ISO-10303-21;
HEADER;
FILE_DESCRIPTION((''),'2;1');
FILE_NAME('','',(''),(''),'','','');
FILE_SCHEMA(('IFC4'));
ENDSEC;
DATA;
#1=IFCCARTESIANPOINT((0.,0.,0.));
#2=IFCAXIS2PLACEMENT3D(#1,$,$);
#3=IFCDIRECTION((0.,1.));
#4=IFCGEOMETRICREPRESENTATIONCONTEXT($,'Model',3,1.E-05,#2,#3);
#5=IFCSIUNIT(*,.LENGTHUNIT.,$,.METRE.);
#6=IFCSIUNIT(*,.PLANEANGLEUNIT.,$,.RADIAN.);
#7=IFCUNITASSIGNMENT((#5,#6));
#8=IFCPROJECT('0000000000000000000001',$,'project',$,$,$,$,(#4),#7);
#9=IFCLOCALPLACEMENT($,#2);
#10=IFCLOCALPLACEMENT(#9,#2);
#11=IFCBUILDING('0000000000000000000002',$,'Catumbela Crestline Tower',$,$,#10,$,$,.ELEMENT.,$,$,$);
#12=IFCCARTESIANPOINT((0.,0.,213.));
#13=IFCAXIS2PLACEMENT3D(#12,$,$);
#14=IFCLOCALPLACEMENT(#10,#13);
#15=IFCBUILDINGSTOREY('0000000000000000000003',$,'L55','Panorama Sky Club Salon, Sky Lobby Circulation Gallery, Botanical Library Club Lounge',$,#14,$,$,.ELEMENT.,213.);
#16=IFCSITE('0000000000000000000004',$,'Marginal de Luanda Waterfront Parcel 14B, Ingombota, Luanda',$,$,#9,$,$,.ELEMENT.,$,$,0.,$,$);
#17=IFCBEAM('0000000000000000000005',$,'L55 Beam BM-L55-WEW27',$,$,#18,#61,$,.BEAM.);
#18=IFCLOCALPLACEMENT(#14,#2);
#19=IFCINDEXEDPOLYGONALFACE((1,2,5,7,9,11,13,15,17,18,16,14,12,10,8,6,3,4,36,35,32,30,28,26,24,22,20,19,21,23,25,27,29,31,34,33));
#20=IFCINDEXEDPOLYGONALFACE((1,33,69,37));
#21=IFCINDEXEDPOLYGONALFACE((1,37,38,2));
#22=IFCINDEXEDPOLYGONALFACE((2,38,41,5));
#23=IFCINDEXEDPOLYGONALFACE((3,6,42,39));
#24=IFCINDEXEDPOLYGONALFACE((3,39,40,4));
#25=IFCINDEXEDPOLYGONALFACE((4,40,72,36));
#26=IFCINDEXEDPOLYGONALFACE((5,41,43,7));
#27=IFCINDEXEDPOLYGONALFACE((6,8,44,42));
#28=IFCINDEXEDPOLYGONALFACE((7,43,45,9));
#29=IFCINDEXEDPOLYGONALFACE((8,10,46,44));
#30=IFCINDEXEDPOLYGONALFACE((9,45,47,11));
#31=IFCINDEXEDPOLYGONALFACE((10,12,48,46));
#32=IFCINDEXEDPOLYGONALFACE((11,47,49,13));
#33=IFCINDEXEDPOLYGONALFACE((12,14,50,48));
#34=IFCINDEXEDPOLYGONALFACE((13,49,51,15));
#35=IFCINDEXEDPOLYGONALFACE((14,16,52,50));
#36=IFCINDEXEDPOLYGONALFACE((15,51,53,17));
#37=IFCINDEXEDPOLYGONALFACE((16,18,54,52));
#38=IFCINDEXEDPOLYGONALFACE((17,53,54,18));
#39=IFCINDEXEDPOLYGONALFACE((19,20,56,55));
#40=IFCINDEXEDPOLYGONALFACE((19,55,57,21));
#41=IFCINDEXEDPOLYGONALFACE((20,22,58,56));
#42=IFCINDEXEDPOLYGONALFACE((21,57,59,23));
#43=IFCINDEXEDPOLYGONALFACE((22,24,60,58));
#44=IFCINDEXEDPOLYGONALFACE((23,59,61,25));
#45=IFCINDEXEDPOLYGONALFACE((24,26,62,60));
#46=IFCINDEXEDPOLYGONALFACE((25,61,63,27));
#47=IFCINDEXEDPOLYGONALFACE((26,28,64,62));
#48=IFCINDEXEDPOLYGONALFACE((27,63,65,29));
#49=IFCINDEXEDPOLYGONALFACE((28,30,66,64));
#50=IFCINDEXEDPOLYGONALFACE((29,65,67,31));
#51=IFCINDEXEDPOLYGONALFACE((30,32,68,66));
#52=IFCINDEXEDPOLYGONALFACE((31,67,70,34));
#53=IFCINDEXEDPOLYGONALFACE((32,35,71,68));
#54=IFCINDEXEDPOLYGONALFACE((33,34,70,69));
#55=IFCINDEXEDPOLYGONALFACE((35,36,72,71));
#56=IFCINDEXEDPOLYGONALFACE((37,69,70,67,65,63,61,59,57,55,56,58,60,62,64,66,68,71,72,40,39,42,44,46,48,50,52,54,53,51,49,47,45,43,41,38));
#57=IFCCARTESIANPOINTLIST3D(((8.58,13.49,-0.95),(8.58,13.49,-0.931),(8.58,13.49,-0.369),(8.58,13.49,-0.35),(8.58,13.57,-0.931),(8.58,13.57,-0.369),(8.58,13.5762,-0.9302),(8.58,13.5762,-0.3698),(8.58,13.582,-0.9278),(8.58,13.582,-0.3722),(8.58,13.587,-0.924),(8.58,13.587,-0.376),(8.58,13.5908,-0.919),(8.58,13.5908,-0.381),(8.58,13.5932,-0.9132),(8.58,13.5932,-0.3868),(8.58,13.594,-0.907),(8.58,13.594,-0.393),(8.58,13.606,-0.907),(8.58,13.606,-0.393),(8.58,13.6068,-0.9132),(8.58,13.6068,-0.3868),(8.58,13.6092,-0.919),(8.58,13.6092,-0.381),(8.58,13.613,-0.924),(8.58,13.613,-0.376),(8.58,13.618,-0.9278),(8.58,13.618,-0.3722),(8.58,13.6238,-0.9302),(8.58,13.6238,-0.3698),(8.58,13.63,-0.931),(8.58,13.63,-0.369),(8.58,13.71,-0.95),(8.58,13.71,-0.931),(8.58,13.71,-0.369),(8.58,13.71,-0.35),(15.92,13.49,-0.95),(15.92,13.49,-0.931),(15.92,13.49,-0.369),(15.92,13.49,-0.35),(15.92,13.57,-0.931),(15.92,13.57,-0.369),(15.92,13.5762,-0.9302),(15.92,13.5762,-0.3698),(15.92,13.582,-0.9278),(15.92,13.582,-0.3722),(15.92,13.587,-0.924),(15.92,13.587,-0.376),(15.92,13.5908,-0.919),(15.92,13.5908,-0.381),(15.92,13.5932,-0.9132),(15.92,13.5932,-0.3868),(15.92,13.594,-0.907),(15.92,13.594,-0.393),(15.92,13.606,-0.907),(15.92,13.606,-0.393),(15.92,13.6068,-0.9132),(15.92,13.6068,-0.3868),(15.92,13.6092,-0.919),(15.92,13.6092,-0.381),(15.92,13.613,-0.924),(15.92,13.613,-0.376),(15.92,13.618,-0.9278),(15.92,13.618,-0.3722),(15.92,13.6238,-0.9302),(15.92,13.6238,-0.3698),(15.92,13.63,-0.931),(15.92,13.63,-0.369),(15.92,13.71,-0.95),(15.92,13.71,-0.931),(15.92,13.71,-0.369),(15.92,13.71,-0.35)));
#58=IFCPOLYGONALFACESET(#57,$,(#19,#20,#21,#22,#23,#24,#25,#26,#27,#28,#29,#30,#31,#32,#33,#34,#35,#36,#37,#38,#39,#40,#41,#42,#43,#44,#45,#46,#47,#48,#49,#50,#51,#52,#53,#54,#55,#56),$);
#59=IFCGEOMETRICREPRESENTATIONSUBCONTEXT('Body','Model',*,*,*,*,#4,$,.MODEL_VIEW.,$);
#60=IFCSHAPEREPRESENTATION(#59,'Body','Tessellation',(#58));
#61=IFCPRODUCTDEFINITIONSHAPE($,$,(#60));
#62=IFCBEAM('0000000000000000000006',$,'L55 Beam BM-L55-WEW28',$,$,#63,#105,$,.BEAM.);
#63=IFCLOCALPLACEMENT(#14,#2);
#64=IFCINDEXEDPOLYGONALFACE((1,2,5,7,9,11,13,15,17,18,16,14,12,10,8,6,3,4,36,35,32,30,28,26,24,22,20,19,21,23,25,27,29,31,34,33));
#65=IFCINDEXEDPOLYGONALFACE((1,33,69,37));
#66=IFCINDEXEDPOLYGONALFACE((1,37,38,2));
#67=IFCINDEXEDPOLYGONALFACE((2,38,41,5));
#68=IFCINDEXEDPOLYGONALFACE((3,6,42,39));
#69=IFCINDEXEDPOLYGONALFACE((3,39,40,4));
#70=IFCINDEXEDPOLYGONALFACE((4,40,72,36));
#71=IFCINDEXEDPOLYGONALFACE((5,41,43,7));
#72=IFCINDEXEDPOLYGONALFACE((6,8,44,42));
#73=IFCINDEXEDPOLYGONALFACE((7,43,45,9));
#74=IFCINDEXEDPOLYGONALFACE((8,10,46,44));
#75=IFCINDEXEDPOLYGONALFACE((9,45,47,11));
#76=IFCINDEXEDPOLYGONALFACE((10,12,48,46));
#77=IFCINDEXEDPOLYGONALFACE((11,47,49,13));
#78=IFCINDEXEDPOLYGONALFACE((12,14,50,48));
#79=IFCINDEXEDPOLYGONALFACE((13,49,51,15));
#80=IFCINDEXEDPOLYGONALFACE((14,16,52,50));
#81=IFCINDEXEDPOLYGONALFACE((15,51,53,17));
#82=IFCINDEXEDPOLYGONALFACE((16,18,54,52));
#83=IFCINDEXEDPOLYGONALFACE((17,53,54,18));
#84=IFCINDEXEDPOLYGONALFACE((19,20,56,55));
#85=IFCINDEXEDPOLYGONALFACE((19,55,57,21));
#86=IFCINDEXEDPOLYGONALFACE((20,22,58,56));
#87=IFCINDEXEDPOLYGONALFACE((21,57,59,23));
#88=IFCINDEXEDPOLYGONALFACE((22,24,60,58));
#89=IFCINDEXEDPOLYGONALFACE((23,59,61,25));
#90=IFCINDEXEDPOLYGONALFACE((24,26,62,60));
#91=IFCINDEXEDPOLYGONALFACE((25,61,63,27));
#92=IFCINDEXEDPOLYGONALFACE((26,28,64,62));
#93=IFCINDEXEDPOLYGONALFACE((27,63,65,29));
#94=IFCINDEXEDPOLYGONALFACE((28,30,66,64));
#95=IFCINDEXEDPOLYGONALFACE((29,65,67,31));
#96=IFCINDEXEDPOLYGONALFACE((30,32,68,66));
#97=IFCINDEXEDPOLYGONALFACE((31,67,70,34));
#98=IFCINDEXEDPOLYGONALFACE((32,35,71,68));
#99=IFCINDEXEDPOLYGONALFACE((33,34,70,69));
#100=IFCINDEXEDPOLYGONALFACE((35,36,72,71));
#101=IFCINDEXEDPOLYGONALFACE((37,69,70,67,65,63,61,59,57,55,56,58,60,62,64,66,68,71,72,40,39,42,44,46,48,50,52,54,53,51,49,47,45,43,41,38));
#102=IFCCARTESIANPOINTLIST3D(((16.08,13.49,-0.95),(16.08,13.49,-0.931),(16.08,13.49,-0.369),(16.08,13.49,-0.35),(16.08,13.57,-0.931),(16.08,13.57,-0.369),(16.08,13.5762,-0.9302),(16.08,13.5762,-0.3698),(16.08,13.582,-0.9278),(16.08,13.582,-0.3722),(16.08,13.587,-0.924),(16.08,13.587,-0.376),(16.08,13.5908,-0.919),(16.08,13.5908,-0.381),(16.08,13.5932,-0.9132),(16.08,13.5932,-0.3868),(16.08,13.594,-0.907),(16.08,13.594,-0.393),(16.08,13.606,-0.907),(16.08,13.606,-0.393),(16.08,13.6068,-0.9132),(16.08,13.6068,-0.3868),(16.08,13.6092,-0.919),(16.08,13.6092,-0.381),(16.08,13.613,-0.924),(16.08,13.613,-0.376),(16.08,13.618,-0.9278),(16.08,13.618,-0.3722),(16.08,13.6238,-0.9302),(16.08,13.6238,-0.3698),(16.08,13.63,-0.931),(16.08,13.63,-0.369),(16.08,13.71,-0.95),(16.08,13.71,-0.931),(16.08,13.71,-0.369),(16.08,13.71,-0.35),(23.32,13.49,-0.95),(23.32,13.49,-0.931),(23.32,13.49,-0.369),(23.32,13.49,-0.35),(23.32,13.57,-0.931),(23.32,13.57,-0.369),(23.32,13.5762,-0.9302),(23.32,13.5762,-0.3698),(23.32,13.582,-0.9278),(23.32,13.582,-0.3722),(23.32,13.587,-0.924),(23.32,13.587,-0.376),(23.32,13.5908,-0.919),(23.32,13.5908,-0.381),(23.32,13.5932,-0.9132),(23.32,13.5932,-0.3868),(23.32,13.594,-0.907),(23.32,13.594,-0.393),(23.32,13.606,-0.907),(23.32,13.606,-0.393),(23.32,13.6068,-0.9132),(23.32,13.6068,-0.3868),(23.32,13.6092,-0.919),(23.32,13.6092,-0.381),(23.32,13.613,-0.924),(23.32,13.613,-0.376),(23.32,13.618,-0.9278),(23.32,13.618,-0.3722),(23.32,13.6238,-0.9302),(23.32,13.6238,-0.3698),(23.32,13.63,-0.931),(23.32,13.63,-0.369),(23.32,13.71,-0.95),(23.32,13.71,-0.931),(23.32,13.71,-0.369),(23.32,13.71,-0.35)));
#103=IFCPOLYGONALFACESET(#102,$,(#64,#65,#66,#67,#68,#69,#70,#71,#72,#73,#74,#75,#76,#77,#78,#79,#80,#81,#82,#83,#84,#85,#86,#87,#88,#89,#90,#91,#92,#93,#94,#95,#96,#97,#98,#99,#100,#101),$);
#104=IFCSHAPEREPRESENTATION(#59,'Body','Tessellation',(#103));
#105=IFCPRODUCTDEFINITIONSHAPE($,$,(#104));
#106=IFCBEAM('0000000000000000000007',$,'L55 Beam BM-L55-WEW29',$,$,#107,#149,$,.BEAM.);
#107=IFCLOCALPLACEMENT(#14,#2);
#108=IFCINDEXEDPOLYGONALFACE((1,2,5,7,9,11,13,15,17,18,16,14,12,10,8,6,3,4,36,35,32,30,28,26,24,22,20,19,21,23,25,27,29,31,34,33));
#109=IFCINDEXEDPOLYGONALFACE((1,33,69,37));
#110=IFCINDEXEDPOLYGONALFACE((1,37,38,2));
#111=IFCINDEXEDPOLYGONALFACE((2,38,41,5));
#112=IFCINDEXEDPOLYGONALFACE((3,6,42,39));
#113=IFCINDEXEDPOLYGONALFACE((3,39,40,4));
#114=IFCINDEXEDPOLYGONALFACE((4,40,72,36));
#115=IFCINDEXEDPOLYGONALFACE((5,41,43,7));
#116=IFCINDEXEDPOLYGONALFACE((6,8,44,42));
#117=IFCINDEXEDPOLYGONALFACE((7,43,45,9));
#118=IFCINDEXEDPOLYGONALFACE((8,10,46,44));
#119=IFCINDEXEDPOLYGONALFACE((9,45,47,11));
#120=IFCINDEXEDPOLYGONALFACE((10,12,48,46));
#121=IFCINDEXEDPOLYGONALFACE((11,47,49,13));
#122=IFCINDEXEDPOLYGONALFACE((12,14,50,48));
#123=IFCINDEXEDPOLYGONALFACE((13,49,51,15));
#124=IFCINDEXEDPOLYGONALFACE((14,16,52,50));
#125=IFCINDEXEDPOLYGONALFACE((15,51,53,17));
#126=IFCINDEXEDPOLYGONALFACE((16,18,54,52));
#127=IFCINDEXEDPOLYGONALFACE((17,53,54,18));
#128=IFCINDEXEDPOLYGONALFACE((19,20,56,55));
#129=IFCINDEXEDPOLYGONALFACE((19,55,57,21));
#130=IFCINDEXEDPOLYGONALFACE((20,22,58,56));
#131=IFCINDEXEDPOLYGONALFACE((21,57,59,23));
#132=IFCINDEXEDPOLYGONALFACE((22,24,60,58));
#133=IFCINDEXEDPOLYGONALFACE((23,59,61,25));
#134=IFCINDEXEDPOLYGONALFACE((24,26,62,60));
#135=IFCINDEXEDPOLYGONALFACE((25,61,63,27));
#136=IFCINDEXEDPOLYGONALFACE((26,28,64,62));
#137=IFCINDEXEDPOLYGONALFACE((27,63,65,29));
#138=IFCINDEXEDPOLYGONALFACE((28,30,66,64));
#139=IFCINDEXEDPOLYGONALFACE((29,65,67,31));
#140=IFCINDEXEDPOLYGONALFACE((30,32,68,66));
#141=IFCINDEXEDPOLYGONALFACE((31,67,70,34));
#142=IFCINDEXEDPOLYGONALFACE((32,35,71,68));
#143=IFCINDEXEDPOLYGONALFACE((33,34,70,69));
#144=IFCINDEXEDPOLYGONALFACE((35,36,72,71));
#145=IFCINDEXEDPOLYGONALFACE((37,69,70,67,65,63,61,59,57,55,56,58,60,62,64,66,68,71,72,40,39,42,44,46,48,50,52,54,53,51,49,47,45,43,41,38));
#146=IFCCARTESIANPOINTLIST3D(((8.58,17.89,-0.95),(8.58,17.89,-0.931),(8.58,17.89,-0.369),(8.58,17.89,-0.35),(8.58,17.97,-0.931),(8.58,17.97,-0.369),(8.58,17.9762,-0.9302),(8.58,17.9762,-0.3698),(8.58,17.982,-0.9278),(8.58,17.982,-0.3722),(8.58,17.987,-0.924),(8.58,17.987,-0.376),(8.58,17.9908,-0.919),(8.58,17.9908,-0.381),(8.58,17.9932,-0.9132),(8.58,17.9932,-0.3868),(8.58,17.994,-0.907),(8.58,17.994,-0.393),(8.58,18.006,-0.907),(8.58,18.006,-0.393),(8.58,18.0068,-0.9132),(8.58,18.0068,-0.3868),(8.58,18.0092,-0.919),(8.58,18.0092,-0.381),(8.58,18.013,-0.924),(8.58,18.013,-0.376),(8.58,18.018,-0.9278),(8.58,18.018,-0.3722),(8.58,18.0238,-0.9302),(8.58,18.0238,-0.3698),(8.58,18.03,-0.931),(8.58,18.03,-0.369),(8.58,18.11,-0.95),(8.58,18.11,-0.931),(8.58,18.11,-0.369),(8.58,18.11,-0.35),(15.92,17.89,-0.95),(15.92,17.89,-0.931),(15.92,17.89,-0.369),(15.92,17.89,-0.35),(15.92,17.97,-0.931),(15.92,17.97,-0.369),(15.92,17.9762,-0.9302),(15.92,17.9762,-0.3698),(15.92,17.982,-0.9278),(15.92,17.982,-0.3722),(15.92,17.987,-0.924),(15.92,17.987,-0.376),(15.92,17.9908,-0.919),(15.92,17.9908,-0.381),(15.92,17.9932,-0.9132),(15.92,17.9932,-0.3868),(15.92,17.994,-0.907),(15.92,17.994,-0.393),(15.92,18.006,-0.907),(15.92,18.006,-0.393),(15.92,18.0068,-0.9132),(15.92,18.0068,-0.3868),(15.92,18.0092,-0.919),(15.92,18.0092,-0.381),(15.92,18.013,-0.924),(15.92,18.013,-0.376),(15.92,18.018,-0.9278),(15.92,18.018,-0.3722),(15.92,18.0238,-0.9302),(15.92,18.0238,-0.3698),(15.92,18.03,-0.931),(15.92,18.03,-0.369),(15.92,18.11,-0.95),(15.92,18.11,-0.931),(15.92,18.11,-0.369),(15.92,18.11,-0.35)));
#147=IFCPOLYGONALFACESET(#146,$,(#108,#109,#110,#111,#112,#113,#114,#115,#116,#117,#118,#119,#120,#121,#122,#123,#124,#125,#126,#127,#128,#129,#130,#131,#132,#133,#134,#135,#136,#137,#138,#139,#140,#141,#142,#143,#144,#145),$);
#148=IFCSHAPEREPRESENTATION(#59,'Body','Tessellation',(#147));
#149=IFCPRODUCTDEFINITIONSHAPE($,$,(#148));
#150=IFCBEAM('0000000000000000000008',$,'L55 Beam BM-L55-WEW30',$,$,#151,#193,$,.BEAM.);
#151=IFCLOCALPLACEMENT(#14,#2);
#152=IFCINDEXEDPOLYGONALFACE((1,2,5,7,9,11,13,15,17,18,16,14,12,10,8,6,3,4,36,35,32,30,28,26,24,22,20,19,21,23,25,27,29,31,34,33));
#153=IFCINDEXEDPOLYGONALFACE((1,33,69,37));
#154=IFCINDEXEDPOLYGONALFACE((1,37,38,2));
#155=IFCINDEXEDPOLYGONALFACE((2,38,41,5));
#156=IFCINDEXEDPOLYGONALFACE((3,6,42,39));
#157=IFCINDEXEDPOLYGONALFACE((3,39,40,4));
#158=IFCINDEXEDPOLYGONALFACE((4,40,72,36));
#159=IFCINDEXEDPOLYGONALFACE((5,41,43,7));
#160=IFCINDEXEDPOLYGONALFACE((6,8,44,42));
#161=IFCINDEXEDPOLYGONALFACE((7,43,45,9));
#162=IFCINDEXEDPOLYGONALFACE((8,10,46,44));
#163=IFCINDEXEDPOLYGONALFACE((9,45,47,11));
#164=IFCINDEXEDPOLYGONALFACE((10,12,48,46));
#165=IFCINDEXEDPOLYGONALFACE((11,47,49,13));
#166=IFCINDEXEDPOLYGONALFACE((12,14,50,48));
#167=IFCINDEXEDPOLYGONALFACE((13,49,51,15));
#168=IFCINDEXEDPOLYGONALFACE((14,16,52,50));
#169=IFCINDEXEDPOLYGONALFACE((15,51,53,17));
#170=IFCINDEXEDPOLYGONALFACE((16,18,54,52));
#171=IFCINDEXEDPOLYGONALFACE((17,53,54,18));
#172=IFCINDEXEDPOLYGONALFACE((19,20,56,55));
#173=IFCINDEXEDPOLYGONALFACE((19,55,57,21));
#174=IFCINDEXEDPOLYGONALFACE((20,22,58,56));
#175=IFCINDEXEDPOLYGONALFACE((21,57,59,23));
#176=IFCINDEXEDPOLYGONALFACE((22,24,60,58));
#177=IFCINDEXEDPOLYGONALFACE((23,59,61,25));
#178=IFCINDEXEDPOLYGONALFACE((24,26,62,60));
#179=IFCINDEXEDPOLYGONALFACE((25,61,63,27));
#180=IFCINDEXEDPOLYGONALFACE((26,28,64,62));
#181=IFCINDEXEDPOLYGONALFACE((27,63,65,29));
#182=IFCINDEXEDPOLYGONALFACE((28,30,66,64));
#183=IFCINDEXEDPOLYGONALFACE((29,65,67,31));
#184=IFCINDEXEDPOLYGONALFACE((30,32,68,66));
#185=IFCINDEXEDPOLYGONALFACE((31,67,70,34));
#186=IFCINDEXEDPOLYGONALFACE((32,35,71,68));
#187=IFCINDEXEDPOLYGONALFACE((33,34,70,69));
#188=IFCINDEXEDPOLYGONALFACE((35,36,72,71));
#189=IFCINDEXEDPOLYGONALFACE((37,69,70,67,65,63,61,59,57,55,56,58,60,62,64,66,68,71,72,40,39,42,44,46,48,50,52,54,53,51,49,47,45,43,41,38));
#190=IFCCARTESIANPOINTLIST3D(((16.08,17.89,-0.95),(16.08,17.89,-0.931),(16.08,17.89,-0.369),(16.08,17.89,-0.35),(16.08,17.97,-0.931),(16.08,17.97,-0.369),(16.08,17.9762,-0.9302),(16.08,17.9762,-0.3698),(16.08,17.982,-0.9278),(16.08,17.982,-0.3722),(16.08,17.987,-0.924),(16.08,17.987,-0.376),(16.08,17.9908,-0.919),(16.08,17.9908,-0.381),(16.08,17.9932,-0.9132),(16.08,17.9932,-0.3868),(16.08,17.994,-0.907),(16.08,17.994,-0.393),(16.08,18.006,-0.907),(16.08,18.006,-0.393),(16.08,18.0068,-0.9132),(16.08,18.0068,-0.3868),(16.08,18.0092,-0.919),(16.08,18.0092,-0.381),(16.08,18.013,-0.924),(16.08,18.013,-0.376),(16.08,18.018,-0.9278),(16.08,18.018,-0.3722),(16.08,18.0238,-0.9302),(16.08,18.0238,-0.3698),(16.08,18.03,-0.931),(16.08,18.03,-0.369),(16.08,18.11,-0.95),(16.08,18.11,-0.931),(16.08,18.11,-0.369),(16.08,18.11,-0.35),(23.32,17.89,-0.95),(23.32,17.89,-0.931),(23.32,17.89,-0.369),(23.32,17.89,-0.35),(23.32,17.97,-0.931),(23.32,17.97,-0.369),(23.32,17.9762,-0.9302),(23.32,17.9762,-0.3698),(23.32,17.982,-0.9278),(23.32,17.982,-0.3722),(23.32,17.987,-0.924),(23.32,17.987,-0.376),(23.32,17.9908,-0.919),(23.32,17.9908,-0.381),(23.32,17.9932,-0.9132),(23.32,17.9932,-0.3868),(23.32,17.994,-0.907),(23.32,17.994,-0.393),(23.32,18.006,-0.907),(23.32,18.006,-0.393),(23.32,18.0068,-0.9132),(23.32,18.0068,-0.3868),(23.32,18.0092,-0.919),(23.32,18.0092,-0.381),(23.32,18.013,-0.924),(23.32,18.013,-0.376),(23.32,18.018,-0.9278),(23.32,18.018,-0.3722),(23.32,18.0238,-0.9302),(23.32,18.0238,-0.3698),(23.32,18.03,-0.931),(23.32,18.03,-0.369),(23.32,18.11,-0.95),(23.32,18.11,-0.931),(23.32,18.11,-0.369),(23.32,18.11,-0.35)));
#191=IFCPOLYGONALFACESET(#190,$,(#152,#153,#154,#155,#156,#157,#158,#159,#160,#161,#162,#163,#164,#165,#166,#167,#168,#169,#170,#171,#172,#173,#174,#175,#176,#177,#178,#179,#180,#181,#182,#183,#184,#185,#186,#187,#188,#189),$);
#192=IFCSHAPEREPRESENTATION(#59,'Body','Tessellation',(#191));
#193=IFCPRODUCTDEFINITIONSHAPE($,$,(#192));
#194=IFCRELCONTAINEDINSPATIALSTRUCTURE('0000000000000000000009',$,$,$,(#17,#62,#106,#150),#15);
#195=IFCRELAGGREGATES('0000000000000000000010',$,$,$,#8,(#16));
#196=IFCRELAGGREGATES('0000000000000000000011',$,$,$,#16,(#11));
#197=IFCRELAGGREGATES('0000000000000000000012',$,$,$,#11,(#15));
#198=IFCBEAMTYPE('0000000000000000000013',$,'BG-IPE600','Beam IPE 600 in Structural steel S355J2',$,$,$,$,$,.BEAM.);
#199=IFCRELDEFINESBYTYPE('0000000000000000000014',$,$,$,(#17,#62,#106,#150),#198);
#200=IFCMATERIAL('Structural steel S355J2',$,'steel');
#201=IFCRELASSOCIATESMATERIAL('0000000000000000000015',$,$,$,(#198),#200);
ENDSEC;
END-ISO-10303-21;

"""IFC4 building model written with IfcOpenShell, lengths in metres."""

from ifc_helpers import new_model, si_unit, direction, frame, origin, origin_2d, place, context, subcontext, project, spatial, i_section, extrude, material, material_profile, profile_set, type_object, element, save


model = new_model("IFC4")

# Units and contexts
model_context = context("Model", 3, precision=1e-05, world=origin(), true_north=direction((0.0, 1.0)))
body_context = subcontext(model_context, "Body", "Model", "MODEL_VIEW")
ifc_project = project(units=[si_unit("LENGTHUNIT", "METRE"), si_unit("PLANEANGLEUNIT", "RADIAN")], contexts=[model_context])

# Site, building, storey
site_placement = place(None, origin())
site = spatial("IfcSite", under=ifc_project, at=site_placement, Name="Marginal de Luanda Waterfront Parcel 14B, Ingombota, Luanda", CompositionType="ELEMENT", RefElevation=0.0)
building_placement = place(site_placement, origin())
building = spatial("IfcBuilding", under=site, at=building_placement, Name="Catumbela Crestline Tower", CompositionType="ELEMENT")
storey_placement = place(building_placement, frame((0.0, 0.0, 213.0)))
storey = spatial("IfcBuildingStorey", under=building, at=storey_placement, Name="L55", Description="Panorama Sky Club Salon, Sky Lobby Circulation Gallery, Botanical Library Club Lounge", CompositionType="ELEMENT", Elevation=213.0)

# Shared definitions
ifc_material_1 = material(Name="Structural steel S355J2", Category="steel")

# Beams
ifc_material_profile_1 = material_profile(ifc_material_1, i_section(OverallWidth=0.22, OverallDepth=0.6, WebThickness=0.012, FlangeThickness=0.019, FilletRadius=0.024, at=origin_2d()), Name="IPE 600")
ifc_profile_set_1 = profile_set([ifc_material_profile_1], Name="Structural steel S355J2")
beam_type_1 = type_object("IfcBeamType", Name="BG-IPE600", Description="Beam IPE 600 in Structural steel S355J2", PredefinedType="BEAM", material=ifc_profile_set_1)
beam_1_placement = place(storey_placement, frame((8.58, 13.6, -0.65), z_axis=(1.0, 0.0, 0.0), x_axis=(0.0, 1.0, 0.0)))
element("IfcBeam", 1, at=beam_1_placement, inside=storey, type_object=beam_type_1, Name="L55 Beam BM-L55-WEW27", PredefinedType="BEAM", context=body_context, shape_type="SweptSolid", body=[
    extrude(i_section(OverallWidth=0.22, OverallDepth=0.6, WebThickness=0.012, FlangeThickness=0.019, FilletRadius=0.024, at=origin_2d()), origin(), (0.0, 0.0, 1.0), 7.34),
])
beam_2_placement = place(storey_placement, frame((16.08, 13.6, -0.65), z_axis=(1.0, 0.0, 0.0), x_axis=(0.0, 1.0, 0.0)))
element("IfcBeam", 2, at=beam_2_placement, inside=storey, type_object=beam_type_1, Name="L55 Beam BM-L55-WEW28", PredefinedType="BEAM", context=body_context, shape_type="SweptSolid", body=[
    extrude(i_section(OverallWidth=0.22, OverallDepth=0.6, WebThickness=0.012, FlangeThickness=0.019, FilletRadius=0.024, at=origin_2d()), origin(), (0.0, 0.0, 1.0), 7.24),
])
beam_3_placement = place(storey_placement, frame((8.58, 18.0, -0.65), z_axis=(1.0, 0.0, 0.0), x_axis=(0.0, 1.0, 0.0)))
element("IfcBeam", 3, at=beam_3_placement, inside=storey, type_object=beam_type_1, Name="L55 Beam BM-L55-WEW29", PredefinedType="BEAM", context=body_context, shape_type="SweptSolid", body=[
    extrude(i_section(OverallWidth=0.22, OverallDepth=0.6, WebThickness=0.012, FlangeThickness=0.019, FilletRadius=0.024, at=origin_2d()), origin(), (0.0, 0.0, 1.0), 7.34),
])
beam_4_placement = place(storey_placement, frame((16.08, 18.0, -0.65), z_axis=(1.0, 0.0, 0.0), x_axis=(0.0, 1.0, 0.0)))
element("IfcBeam", 4, at=beam_4_placement, inside=storey, type_object=beam_type_1, Name="L55 Beam BM-L55-WEW30", PredefinedType="BEAM", context=body_context, shape_type="SweptSolid", body=[
    extrude(i_section(OverallWidth=0.22, OverallDepth=0.6, WebThickness=0.012, FlangeThickness=0.019, FilletRadius=0.024, at=origin_2d()), origin(), (0.0, 0.0, 1.0), 7.24),
])

save(model, "model.ifc")
